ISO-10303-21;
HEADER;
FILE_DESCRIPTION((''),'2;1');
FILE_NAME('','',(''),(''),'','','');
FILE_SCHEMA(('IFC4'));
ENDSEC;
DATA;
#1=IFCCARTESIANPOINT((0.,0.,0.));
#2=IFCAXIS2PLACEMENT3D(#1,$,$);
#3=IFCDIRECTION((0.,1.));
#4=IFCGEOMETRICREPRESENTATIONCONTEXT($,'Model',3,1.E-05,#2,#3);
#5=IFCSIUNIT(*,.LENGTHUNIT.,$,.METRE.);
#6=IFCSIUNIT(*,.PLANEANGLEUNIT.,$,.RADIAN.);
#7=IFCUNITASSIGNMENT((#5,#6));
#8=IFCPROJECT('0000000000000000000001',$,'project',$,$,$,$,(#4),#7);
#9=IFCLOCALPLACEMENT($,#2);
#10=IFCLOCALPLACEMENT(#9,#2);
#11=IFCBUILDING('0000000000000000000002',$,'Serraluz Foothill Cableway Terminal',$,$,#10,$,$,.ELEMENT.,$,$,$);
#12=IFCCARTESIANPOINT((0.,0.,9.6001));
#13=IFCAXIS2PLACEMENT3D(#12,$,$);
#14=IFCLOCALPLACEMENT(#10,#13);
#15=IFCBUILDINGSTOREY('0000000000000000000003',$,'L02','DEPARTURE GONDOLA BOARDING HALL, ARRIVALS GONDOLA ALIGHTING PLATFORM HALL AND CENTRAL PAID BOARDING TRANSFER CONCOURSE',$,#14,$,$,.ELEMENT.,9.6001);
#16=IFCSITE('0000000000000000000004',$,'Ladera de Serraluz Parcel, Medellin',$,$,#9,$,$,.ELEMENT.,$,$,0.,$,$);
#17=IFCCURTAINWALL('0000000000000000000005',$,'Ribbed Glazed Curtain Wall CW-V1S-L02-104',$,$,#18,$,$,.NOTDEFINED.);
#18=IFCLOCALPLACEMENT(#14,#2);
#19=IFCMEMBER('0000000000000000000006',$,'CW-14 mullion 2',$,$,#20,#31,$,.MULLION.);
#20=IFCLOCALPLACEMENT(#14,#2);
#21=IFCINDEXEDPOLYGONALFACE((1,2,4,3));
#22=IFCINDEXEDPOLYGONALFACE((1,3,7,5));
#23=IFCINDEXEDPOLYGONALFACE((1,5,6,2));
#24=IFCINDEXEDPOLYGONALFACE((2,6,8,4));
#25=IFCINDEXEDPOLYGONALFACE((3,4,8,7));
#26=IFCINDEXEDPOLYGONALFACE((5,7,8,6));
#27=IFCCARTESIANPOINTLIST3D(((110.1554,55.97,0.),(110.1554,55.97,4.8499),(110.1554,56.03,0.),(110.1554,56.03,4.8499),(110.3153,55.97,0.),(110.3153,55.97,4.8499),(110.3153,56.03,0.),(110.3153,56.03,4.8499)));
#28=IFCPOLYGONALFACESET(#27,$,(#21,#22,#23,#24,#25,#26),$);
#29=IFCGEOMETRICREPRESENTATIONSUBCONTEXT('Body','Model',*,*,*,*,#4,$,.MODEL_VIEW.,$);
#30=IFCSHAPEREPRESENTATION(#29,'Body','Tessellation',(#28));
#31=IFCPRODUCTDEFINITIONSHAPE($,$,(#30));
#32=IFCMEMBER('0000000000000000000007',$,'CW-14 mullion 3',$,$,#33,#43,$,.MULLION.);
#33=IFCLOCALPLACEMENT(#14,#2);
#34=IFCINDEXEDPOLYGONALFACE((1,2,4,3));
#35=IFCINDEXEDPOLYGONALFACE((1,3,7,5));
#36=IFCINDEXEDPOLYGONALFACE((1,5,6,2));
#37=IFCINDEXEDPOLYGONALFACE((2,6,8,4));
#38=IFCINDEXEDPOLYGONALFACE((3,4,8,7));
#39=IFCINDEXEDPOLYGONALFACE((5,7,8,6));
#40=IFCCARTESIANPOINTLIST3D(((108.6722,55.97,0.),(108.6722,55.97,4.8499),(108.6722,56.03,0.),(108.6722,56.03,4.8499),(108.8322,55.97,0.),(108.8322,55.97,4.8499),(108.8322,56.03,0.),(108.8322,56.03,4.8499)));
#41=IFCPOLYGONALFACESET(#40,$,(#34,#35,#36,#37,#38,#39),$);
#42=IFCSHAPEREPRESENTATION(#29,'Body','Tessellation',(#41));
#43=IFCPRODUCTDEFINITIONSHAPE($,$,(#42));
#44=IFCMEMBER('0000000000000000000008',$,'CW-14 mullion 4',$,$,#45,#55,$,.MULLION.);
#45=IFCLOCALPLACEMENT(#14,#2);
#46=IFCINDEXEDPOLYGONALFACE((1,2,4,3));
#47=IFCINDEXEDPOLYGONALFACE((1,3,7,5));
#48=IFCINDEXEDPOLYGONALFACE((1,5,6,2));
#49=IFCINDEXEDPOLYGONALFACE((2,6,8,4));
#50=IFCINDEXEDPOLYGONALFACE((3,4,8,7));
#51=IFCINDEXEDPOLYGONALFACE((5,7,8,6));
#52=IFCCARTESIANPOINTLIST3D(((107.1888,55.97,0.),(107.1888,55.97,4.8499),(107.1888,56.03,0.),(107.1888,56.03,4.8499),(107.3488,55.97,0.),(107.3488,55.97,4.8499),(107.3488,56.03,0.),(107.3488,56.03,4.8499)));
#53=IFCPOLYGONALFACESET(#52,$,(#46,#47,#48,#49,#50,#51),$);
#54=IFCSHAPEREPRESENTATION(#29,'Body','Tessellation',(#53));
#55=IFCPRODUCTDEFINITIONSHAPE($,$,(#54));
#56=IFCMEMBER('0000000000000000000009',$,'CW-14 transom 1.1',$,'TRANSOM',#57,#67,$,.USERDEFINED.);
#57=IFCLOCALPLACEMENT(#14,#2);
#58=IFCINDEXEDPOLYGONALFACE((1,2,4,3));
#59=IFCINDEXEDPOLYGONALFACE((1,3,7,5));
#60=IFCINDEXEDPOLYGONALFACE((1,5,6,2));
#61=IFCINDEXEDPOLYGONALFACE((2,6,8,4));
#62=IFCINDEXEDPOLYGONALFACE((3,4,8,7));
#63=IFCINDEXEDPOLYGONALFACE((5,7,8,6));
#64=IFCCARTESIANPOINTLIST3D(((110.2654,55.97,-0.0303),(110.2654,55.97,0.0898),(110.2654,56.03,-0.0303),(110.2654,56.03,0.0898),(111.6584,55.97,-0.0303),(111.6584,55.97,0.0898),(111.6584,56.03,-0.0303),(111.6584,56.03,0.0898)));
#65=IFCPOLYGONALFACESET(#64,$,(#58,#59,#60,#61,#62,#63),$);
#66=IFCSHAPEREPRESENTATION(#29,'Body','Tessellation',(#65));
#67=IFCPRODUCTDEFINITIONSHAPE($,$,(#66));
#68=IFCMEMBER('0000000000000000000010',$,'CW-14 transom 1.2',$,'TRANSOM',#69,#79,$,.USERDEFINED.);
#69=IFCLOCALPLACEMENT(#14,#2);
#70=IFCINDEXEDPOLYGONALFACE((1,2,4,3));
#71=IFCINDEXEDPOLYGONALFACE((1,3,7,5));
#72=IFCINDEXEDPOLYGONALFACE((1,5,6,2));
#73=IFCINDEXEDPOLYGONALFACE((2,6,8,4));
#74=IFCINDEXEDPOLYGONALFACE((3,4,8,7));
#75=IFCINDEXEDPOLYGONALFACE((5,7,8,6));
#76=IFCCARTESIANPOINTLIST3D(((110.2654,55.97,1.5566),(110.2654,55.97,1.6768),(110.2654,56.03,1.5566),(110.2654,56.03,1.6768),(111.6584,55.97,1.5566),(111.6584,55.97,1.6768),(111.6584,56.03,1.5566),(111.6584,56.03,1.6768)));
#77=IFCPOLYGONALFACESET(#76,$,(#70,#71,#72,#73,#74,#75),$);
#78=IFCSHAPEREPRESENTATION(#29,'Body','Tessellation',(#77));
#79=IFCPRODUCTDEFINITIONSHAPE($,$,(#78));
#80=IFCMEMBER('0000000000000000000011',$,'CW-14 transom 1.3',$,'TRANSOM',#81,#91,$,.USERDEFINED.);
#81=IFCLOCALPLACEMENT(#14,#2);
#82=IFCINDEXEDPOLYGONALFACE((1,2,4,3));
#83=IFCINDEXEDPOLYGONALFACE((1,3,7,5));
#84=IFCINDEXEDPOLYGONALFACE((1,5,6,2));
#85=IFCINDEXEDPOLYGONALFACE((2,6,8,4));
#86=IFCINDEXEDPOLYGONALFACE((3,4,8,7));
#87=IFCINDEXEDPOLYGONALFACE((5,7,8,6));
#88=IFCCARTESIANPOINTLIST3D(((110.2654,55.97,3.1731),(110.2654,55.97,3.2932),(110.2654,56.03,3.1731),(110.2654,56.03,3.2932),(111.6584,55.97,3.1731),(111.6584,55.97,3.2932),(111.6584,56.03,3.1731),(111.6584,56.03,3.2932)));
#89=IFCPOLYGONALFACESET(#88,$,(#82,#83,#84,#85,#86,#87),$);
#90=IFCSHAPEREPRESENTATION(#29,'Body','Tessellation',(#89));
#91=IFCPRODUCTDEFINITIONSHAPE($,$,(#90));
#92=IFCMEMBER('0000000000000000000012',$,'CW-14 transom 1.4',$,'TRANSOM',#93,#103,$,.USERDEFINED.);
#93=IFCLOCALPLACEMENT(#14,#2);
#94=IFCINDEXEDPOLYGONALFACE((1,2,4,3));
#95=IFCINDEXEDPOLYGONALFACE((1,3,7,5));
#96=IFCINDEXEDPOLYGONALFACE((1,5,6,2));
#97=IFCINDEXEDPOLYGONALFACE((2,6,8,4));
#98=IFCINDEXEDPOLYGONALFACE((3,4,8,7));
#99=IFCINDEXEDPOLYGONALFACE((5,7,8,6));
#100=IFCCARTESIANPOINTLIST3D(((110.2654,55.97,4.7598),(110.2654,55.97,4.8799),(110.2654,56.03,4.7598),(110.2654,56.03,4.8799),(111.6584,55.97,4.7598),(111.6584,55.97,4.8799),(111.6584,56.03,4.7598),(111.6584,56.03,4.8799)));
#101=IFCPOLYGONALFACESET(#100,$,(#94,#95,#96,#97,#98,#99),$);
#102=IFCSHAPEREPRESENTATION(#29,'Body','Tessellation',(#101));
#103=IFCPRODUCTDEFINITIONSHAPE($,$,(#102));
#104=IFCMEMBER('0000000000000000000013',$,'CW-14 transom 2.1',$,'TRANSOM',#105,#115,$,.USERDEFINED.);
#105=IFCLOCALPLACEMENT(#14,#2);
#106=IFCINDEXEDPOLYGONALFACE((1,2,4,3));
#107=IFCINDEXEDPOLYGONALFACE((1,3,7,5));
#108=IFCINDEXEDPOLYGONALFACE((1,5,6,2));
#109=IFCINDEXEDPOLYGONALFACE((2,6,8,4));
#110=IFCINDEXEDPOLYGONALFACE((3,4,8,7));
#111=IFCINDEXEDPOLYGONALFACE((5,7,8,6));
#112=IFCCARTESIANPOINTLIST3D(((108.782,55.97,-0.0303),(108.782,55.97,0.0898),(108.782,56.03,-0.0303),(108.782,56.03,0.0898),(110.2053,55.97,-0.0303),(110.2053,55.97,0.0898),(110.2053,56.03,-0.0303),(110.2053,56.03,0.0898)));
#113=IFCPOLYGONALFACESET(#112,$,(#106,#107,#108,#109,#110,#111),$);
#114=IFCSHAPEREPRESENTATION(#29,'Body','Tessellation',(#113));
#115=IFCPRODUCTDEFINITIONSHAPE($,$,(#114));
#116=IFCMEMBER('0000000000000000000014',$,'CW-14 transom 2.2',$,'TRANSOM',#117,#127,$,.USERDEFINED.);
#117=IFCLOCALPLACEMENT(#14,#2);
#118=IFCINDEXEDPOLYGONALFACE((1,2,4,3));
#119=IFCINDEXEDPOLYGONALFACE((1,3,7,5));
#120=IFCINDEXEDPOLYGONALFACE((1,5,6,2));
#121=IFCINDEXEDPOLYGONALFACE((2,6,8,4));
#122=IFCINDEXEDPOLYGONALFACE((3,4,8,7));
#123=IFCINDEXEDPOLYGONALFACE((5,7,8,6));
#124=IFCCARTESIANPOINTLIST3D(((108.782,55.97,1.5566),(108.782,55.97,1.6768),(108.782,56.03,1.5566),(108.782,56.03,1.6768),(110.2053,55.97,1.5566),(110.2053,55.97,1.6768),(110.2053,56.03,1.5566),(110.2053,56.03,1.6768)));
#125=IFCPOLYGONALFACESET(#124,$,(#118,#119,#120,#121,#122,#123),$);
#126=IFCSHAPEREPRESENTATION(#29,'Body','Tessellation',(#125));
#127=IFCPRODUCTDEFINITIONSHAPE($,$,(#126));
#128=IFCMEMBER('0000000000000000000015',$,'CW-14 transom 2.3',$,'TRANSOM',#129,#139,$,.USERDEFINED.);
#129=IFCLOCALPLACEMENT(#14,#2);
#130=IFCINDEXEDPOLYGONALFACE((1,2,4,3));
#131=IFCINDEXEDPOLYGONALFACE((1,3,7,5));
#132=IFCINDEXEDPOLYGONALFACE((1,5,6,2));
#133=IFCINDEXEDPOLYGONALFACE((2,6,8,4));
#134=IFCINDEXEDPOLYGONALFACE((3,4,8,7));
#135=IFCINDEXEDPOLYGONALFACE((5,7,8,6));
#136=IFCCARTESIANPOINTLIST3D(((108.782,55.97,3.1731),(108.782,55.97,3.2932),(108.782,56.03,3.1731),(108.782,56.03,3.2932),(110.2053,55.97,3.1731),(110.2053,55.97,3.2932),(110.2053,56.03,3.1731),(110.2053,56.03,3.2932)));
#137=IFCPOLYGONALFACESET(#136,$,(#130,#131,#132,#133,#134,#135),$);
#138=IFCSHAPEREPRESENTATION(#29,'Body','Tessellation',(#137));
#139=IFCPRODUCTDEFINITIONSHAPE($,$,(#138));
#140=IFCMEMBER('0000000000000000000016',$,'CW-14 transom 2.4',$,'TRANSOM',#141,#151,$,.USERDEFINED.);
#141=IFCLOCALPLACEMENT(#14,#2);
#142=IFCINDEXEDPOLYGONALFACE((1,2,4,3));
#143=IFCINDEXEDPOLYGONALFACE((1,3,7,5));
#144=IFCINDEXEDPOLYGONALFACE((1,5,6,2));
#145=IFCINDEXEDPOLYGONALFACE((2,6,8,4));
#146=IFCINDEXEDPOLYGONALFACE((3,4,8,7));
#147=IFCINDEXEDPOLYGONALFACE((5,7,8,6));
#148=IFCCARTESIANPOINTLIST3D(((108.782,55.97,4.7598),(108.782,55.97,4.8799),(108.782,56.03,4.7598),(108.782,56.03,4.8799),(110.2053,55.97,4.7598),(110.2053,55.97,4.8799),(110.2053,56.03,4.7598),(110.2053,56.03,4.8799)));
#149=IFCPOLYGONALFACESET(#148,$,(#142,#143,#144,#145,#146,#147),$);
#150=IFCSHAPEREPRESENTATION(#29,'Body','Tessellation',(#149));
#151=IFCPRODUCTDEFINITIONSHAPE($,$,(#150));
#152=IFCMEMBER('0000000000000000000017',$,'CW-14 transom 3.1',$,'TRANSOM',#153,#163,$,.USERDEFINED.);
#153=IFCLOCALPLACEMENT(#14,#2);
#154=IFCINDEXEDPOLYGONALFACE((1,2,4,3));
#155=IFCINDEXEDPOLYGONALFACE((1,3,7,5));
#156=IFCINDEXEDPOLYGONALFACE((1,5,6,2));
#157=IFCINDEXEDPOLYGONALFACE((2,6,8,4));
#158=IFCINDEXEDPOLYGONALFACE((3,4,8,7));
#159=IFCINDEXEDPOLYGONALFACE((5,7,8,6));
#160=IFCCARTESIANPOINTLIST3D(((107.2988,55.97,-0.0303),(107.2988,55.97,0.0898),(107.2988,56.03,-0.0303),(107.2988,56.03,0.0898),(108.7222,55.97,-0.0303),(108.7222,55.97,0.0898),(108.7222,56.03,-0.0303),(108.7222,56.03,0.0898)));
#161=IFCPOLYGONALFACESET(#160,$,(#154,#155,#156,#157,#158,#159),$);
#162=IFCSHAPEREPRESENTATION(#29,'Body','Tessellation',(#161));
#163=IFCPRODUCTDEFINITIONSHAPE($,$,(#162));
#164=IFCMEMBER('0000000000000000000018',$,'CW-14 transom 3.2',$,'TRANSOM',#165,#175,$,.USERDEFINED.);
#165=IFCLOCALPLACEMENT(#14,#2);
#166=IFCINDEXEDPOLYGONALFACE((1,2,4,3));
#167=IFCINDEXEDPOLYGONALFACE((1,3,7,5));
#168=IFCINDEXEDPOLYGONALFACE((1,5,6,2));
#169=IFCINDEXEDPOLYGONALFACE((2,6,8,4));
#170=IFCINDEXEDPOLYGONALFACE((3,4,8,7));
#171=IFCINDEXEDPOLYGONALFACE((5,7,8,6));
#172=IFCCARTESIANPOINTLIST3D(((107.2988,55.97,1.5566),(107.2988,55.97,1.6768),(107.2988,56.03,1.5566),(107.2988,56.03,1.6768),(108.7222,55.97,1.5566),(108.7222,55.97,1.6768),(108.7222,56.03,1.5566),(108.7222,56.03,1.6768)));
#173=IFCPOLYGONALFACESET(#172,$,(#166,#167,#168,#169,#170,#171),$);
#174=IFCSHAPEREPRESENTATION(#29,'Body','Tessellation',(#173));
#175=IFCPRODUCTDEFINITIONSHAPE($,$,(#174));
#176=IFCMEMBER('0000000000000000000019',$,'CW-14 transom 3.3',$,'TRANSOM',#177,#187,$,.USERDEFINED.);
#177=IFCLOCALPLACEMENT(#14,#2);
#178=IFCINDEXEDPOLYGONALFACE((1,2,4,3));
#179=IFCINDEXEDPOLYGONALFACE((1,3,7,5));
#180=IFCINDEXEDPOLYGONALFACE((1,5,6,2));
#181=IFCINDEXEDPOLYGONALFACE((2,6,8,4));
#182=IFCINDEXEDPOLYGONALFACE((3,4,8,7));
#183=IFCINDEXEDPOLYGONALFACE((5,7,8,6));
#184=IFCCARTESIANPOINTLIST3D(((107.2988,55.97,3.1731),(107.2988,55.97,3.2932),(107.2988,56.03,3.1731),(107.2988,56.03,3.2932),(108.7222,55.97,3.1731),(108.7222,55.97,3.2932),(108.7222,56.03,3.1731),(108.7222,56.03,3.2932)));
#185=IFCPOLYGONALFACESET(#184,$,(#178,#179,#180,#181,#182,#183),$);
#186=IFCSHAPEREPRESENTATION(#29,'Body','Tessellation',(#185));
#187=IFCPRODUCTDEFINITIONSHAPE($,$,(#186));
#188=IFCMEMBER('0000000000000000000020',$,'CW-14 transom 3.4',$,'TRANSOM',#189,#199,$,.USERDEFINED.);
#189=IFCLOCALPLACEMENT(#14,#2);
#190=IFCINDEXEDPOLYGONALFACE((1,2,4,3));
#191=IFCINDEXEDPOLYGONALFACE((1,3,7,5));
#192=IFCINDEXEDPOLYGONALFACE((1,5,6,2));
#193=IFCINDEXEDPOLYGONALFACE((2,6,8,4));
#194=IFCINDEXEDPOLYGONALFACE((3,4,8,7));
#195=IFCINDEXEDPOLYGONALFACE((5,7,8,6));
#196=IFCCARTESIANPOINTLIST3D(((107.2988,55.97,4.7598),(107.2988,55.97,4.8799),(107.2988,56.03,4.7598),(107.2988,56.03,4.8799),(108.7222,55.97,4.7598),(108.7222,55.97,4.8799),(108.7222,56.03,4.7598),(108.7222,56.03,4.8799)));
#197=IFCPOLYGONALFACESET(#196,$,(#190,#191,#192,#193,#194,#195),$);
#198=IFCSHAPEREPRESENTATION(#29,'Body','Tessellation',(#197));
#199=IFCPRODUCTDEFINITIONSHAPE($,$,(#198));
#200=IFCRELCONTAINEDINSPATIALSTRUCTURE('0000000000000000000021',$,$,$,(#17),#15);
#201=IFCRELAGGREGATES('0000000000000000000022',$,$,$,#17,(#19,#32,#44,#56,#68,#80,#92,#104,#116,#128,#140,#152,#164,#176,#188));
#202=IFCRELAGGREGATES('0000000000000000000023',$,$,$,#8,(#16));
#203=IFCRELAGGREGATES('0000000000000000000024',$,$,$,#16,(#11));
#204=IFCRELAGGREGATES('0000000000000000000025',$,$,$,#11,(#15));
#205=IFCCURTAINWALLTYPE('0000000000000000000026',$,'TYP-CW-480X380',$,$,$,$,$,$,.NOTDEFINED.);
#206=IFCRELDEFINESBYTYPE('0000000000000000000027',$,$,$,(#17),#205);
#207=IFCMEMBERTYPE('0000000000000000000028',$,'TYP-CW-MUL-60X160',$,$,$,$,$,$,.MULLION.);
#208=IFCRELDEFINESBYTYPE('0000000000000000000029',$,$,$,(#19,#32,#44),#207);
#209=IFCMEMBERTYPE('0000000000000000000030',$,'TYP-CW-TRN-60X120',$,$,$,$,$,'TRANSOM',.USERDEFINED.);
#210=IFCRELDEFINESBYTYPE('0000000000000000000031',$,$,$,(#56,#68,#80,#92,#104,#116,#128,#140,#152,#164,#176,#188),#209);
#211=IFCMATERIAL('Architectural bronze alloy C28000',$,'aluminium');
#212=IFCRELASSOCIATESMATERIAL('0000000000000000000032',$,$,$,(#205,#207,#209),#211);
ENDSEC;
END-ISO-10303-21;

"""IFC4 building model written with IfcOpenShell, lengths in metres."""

from ifc_helpers import new_model, si_unit, direction, frame, origin, origin_2d, place, context, subcontext, project, spatial, rectangle, extrude, material, material_profile, profile_set, type_object, element, aggregate, save


model = new_model("IFC4")

# Units and contexts
model_context = context("Model", 3, precision=1e-05, world=origin(), true_north=direction((0.0, 1.0)))
body_context = subcontext(model_context, "Body", "Model", "MODEL_VIEW")
ifc_project = project(units=[si_unit("LENGTHUNIT", "METRE"), si_unit("PLANEANGLEUNIT", "RADIAN")], contexts=[model_context])

# Site, building, storey
site_placement = place(None, origin())
site = spatial("IfcSite", under=ifc_project, at=site_placement, Name="Ladera de Serraluz Parcel, Medellin", CompositionType="ELEMENT", RefElevation=0.0)
building_placement = place(site_placement, origin())
building = spatial("IfcBuilding", under=site, at=building_placement, Name="Serraluz Foothill Cableway Terminal", CompositionType="ELEMENT")
storey_placement = place(building_placement, frame((0.0, 0.0, 9.6001)))
storey = spatial("IfcBuildingStorey", under=building, at=storey_placement, Name="L02", Description="DEPARTURE GONDOLA BOARDING HALL, ARRIVALS GONDOLA ALIGHTING PLATFORM HALL AND CENTRAL PAID BOARDING TRANSFER CONCOURSE", CompositionType="ELEMENT", Elevation=9.6001)

# Curtain wall, members
ifc_material_1 = material(Name="Architectural bronze alloy C28000", Category="aluminium")
curtain_wall_type = type_object("IfcCurtainWallType", Name="TYP-CW-480X380", PredefinedType="NOTDEFINED", material=ifc_material_1)
curtain_wall_placement = place(storey_placement, origin())
curtain_wall = element("IfcCurtainWall", 1, at=curtain_wall_placement, inside=storey, type_object=curtain_wall_type, Name="Ribbed Glazed Curtain Wall CW-V1S-L02-104", PredefinedType="NOTDEFINED")
ifc_material_profile_1 = material_profile(ifc_material_1, rectangle(XDim=0.0601, YDim=0.1599, at=origin_2d()), Name="ALU MULLION 60x160")
ifc_profile_set_1 = profile_set([ifc_material_profile_1], Name="Architectural bronze alloy C28000")
member_type_1 = type_object("IfcMemberType", Name="TYP-CW-MUL-60X160", PredefinedType="MULLION", material=ifc_profile_set_1)
member_1_placement = place(storey_placement, frame((110.2354, 56.0, 0.0), z_axis=(0.0, 0.0, 1.0), x_axis=(0.0, -1.0, 0.0)))
member_1 = element("IfcMember", 2, at=member_1_placement, type_object=member_type_1, Name="CW-14 mullion 2", PredefinedType="MULLION", context=body_context, shape_type="SweptSolid", body=[
    extrude(rectangle(XDim=0.0601, YDim=0.1599, at=origin_2d()), origin(), (0.0, 0.0, 1.0), 4.8499),
])
member_2_placement = place(storey_placement, frame((108.7522, 56.0, 0.0), z_axis=(0.0, 0.0, 1.0), x_axis=(0.0, -1.0, 0.0)))
member_2 = element("IfcMember", 3, at=member_2_placement, type_object=member_type_1, Name="CW-14 mullion 3", PredefinedType="MULLION", context=body_context, shape_type="SweptSolid", body=[
    extrude(rectangle(XDim=0.0601, YDim=0.1599, at=origin_2d()), origin(), (0.0, 0.0, 1.0), 4.8499),
])
member_3_placement = place(storey_placement, frame((107.2688, 56.0, 0.0), z_axis=(0.0, 0.0, 1.0), x_axis=(0.0, -1.0, 0.0)))
member_3 = element("IfcMember", 4, at=member_3_placement, type_object=member_type_1, Name="CW-14 mullion 4", PredefinedType="MULLION", context=body_context, shape_type="SweptSolid", body=[
    extrude(rectangle(XDim=0.0601, YDim=0.1599, at=origin_2d()), origin(), (0.0, 0.0, 1.0), 4.8499),
])
ifc_material_profile_2 = material_profile(ifc_material_1, rectangle(XDim=0.0601, YDim=0.1201, at=origin_2d()), Name="ALU TRANSOM 60x120")
ifc_profile_set_2 = profile_set([ifc_material_profile_2], Name="Architectural bronze alloy C28000")
member_type_2 = type_object("IfcMemberType", Name="TYP-CW-TRN-60X120", ElementType="TRANSOM", PredefinedType="USERDEFINED", material=ifc_profile_set_2)
member_4_placement = place(storey_placement, frame((111.6584, 56.0, 0.0298), z_axis=(-1.0, 0.0, 0.0), x_axis=(0.0, -1.0, 0.0)))
member_4 = element("IfcMember", 5, at=member_4_placement, type_object=member_type_2, Name="CW-14 transom 1.1", ObjectType="TRANSOM", PredefinedType="USERDEFINED", context=body_context, shape_type="SweptSolid", body=[
    extrude(rectangle(XDim=0.0601, YDim=0.1201, at=origin_2d()), origin(), (0.0, 0.0, 1.0), 1.3931),
])
member_5_placement = place(storey_placement, frame((111.6584, 56.0, 1.6167), z_axis=(-1.0, 0.0, 0.0), x_axis=(0.0, -1.0, 0.0)))
member_5 = element("IfcMember", 6, at=member_5_placement, type_object=member_type_2, Name="CW-14 transom 1.2", ObjectType="TRANSOM", PredefinedType="USERDEFINED", context=body_context, shape_type="SweptSolid", body=[
    extrude(rectangle(XDim=0.0601, YDim=0.1201, at=origin_2d()), origin(), (0.0, 0.0, 1.0), 1.3931),
])
member_6_placement = place(storey_placement, frame((111.6584, 56.0, 3.2332), z_axis=(-1.0, 0.0, 0.0), x_axis=(0.0, -1.0, 0.0)))
member_6 = element("IfcMember", 7, at=member_6_placement, type_object=member_type_2, Name="CW-14 transom 1.3", ObjectType="TRANSOM", PredefinedType="USERDEFINED", context=body_context, shape_type="SweptSolid", body=[
    extrude(rectangle(XDim=0.0601, YDim=0.1201, at=origin_2d()), origin(), (0.0, 0.0, 1.0), 1.3931),
])
member_7_placement = place(storey_placement, frame((111.6584, 56.0, 4.8198), z_axis=(-1.0, 0.0, 0.0), x_axis=(0.0, -1.0, 0.0)))
member_7 = element("IfcMember", 8, at=member_7_placement, type_object=member_type_2, Name="CW-14 transom 1.4", ObjectType="TRANSOM", PredefinedType="USERDEFINED", context=body_context, shape_type="SweptSolid", body=[
    extrude(rectangle(XDim=0.0601, YDim=0.1201, at=origin_2d()), origin(), (0.0, 0.0, 1.0), 1.3931),
])
member_8_placement = place(storey_placement, frame((110.2053, 56.0, 0.0298), z_axis=(-1.0, 0.0, 0.0), x_axis=(0.0, -1.0, 0.0)))
member_8 = element("IfcMember", 9, at=member_8_placement, type_object=member_type_2, Name="CW-14 transom 2.1", ObjectType="TRANSOM", PredefinedType="USERDEFINED", context=body_context, shape_type="SweptSolid", body=[
    extrude(rectangle(XDim=0.0601, YDim=0.1201, at=origin_2d()), origin(), (0.0, 0.0, 1.0), 1.4233),
])
member_9_placement = place(storey_placement, frame((110.2053, 56.0, 1.6167), z_axis=(-1.0, 0.0, 0.0), x_axis=(0.0, -1.0, 0.0)))
member_9 = element("IfcMember", 10, at=member_9_placement, type_object=member_type_2, Name="CW-14 transom 2.2", ObjectType="TRANSOM", PredefinedType="USERDEFINED", context=body_context, shape_type="SweptSolid", body=[
    extrude(rectangle(XDim=0.0601, YDim=0.1201, at=origin_2d()), origin(), (0.0, 0.0, 1.0), 1.4233),
])
member_10_placement = place(storey_placement, frame((110.2053, 56.0, 3.2332), z_axis=(-1.0, 0.0, 0.0), x_axis=(0.0, -1.0, 0.0)))
member_10 = element("IfcMember", 11, at=member_10_placement, type_object=member_type_2, Name="CW-14 transom 2.3", ObjectType="TRANSOM", PredefinedType="USERDEFINED", context=body_context, shape_type="SweptSolid", body=[
    extrude(rectangle(XDim=0.0601, YDim=0.1201, at=origin_2d()), origin(), (0.0, 0.0, 1.0), 1.4233),
])
member_11_placement = place(storey_placement, frame((110.2053, 56.0, 4.8198), z_axis=(-1.0, 0.0, 0.0), x_axis=(0.0, -1.0, 0.0)))
member_11 = element("IfcMember", 12, at=member_11_placement, type_object=member_type_2, Name="CW-14 transom 2.4", ObjectType="TRANSOM", PredefinedType="USERDEFINED", context=body_context, shape_type="SweptSolid", body=[
    extrude(rectangle(XDim=0.0601, YDim=0.1201, at=origin_2d()), origin(), (0.0, 0.0, 1.0), 1.4233),
])
member_12_placement = place(storey_placement, frame((108.7222, 56.0, 0.0298), z_axis=(-1.0, 0.0, 0.0), x_axis=(0.0, -1.0, 0.0)))
member_12 = element("IfcMember", 13, at=member_12_placement, type_object=member_type_2, Name="CW-14 transom 3.1", ObjectType="TRANSOM", PredefinedType="USERDEFINED", context=body_context, shape_type="SweptSolid", body=[
    extrude(rectangle(XDim=0.0601, YDim=0.1201, at=origin_2d()), origin(), (0.0, 0.0, 1.0), 1.4233),
])
member_13_placement = place(storey_placement, frame((108.7222, 56.0, 1.6167), z_axis=(-1.0, 0.0, 0.0), x_axis=(0.0, -1.0, 0.0)))
member_13 = element("IfcMember", 14, at=member_13_placement, type_object=member_type_2, Name="CW-14 transom 3.2", ObjectType="TRANSOM", PredefinedType="USERDEFINED", context=body_context, shape_type="SweptSolid", body=[
    extrude(rectangle(XDim=0.0601, YDim=0.1201, at=origin_2d()), origin(), (0.0, 0.0, 1.0), 1.4233),
])
member_14_placement = place(storey_placement, frame((108.7222, 56.0, 3.2332), z_axis=(-1.0, 0.0, 0.0), x_axis=(0.0, -1.0, 0.0)))
member_14 = element("IfcMember", 15, at=member_14_placement, type_object=member_type_2, Name="CW-14 transom 3.3", ObjectType="TRANSOM", PredefinedType="USERDEFINED", context=body_context, shape_type="SweptSolid", body=[
    extrude(rectangle(XDim=0.0601, YDim=0.1201, at=origin_2d()), origin(), (0.0, 0.0, 1.0), 1.4233),
])
member_15_placement = place(storey_placement, frame((108.7222, 56.0, 4.8198), z_axis=(-1.0, 0.0, 0.0), x_axis=(0.0, -1.0, 0.0)))
member_15 = element("IfcMember", 16, at=member_15_placement, type_object=member_type_2, Name="CW-14 transom 3.4", ObjectType="TRANSOM", PredefinedType="USERDEFINED", context=body_context, shape_type="SweptSolid", body=[
    extrude(rectangle(XDim=0.0601, YDim=0.1201, at=origin_2d()), origin(), (0.0, 0.0, 1.0), 1.4233),
])
aggregate(curtain_wall, [member_1, member_2, member_3, member_4, member_5, member_6, member_7, member_8, member_9, member_10, member_11, member_12, member_13, member_14, member_15])

save(model, "model.ifc")
